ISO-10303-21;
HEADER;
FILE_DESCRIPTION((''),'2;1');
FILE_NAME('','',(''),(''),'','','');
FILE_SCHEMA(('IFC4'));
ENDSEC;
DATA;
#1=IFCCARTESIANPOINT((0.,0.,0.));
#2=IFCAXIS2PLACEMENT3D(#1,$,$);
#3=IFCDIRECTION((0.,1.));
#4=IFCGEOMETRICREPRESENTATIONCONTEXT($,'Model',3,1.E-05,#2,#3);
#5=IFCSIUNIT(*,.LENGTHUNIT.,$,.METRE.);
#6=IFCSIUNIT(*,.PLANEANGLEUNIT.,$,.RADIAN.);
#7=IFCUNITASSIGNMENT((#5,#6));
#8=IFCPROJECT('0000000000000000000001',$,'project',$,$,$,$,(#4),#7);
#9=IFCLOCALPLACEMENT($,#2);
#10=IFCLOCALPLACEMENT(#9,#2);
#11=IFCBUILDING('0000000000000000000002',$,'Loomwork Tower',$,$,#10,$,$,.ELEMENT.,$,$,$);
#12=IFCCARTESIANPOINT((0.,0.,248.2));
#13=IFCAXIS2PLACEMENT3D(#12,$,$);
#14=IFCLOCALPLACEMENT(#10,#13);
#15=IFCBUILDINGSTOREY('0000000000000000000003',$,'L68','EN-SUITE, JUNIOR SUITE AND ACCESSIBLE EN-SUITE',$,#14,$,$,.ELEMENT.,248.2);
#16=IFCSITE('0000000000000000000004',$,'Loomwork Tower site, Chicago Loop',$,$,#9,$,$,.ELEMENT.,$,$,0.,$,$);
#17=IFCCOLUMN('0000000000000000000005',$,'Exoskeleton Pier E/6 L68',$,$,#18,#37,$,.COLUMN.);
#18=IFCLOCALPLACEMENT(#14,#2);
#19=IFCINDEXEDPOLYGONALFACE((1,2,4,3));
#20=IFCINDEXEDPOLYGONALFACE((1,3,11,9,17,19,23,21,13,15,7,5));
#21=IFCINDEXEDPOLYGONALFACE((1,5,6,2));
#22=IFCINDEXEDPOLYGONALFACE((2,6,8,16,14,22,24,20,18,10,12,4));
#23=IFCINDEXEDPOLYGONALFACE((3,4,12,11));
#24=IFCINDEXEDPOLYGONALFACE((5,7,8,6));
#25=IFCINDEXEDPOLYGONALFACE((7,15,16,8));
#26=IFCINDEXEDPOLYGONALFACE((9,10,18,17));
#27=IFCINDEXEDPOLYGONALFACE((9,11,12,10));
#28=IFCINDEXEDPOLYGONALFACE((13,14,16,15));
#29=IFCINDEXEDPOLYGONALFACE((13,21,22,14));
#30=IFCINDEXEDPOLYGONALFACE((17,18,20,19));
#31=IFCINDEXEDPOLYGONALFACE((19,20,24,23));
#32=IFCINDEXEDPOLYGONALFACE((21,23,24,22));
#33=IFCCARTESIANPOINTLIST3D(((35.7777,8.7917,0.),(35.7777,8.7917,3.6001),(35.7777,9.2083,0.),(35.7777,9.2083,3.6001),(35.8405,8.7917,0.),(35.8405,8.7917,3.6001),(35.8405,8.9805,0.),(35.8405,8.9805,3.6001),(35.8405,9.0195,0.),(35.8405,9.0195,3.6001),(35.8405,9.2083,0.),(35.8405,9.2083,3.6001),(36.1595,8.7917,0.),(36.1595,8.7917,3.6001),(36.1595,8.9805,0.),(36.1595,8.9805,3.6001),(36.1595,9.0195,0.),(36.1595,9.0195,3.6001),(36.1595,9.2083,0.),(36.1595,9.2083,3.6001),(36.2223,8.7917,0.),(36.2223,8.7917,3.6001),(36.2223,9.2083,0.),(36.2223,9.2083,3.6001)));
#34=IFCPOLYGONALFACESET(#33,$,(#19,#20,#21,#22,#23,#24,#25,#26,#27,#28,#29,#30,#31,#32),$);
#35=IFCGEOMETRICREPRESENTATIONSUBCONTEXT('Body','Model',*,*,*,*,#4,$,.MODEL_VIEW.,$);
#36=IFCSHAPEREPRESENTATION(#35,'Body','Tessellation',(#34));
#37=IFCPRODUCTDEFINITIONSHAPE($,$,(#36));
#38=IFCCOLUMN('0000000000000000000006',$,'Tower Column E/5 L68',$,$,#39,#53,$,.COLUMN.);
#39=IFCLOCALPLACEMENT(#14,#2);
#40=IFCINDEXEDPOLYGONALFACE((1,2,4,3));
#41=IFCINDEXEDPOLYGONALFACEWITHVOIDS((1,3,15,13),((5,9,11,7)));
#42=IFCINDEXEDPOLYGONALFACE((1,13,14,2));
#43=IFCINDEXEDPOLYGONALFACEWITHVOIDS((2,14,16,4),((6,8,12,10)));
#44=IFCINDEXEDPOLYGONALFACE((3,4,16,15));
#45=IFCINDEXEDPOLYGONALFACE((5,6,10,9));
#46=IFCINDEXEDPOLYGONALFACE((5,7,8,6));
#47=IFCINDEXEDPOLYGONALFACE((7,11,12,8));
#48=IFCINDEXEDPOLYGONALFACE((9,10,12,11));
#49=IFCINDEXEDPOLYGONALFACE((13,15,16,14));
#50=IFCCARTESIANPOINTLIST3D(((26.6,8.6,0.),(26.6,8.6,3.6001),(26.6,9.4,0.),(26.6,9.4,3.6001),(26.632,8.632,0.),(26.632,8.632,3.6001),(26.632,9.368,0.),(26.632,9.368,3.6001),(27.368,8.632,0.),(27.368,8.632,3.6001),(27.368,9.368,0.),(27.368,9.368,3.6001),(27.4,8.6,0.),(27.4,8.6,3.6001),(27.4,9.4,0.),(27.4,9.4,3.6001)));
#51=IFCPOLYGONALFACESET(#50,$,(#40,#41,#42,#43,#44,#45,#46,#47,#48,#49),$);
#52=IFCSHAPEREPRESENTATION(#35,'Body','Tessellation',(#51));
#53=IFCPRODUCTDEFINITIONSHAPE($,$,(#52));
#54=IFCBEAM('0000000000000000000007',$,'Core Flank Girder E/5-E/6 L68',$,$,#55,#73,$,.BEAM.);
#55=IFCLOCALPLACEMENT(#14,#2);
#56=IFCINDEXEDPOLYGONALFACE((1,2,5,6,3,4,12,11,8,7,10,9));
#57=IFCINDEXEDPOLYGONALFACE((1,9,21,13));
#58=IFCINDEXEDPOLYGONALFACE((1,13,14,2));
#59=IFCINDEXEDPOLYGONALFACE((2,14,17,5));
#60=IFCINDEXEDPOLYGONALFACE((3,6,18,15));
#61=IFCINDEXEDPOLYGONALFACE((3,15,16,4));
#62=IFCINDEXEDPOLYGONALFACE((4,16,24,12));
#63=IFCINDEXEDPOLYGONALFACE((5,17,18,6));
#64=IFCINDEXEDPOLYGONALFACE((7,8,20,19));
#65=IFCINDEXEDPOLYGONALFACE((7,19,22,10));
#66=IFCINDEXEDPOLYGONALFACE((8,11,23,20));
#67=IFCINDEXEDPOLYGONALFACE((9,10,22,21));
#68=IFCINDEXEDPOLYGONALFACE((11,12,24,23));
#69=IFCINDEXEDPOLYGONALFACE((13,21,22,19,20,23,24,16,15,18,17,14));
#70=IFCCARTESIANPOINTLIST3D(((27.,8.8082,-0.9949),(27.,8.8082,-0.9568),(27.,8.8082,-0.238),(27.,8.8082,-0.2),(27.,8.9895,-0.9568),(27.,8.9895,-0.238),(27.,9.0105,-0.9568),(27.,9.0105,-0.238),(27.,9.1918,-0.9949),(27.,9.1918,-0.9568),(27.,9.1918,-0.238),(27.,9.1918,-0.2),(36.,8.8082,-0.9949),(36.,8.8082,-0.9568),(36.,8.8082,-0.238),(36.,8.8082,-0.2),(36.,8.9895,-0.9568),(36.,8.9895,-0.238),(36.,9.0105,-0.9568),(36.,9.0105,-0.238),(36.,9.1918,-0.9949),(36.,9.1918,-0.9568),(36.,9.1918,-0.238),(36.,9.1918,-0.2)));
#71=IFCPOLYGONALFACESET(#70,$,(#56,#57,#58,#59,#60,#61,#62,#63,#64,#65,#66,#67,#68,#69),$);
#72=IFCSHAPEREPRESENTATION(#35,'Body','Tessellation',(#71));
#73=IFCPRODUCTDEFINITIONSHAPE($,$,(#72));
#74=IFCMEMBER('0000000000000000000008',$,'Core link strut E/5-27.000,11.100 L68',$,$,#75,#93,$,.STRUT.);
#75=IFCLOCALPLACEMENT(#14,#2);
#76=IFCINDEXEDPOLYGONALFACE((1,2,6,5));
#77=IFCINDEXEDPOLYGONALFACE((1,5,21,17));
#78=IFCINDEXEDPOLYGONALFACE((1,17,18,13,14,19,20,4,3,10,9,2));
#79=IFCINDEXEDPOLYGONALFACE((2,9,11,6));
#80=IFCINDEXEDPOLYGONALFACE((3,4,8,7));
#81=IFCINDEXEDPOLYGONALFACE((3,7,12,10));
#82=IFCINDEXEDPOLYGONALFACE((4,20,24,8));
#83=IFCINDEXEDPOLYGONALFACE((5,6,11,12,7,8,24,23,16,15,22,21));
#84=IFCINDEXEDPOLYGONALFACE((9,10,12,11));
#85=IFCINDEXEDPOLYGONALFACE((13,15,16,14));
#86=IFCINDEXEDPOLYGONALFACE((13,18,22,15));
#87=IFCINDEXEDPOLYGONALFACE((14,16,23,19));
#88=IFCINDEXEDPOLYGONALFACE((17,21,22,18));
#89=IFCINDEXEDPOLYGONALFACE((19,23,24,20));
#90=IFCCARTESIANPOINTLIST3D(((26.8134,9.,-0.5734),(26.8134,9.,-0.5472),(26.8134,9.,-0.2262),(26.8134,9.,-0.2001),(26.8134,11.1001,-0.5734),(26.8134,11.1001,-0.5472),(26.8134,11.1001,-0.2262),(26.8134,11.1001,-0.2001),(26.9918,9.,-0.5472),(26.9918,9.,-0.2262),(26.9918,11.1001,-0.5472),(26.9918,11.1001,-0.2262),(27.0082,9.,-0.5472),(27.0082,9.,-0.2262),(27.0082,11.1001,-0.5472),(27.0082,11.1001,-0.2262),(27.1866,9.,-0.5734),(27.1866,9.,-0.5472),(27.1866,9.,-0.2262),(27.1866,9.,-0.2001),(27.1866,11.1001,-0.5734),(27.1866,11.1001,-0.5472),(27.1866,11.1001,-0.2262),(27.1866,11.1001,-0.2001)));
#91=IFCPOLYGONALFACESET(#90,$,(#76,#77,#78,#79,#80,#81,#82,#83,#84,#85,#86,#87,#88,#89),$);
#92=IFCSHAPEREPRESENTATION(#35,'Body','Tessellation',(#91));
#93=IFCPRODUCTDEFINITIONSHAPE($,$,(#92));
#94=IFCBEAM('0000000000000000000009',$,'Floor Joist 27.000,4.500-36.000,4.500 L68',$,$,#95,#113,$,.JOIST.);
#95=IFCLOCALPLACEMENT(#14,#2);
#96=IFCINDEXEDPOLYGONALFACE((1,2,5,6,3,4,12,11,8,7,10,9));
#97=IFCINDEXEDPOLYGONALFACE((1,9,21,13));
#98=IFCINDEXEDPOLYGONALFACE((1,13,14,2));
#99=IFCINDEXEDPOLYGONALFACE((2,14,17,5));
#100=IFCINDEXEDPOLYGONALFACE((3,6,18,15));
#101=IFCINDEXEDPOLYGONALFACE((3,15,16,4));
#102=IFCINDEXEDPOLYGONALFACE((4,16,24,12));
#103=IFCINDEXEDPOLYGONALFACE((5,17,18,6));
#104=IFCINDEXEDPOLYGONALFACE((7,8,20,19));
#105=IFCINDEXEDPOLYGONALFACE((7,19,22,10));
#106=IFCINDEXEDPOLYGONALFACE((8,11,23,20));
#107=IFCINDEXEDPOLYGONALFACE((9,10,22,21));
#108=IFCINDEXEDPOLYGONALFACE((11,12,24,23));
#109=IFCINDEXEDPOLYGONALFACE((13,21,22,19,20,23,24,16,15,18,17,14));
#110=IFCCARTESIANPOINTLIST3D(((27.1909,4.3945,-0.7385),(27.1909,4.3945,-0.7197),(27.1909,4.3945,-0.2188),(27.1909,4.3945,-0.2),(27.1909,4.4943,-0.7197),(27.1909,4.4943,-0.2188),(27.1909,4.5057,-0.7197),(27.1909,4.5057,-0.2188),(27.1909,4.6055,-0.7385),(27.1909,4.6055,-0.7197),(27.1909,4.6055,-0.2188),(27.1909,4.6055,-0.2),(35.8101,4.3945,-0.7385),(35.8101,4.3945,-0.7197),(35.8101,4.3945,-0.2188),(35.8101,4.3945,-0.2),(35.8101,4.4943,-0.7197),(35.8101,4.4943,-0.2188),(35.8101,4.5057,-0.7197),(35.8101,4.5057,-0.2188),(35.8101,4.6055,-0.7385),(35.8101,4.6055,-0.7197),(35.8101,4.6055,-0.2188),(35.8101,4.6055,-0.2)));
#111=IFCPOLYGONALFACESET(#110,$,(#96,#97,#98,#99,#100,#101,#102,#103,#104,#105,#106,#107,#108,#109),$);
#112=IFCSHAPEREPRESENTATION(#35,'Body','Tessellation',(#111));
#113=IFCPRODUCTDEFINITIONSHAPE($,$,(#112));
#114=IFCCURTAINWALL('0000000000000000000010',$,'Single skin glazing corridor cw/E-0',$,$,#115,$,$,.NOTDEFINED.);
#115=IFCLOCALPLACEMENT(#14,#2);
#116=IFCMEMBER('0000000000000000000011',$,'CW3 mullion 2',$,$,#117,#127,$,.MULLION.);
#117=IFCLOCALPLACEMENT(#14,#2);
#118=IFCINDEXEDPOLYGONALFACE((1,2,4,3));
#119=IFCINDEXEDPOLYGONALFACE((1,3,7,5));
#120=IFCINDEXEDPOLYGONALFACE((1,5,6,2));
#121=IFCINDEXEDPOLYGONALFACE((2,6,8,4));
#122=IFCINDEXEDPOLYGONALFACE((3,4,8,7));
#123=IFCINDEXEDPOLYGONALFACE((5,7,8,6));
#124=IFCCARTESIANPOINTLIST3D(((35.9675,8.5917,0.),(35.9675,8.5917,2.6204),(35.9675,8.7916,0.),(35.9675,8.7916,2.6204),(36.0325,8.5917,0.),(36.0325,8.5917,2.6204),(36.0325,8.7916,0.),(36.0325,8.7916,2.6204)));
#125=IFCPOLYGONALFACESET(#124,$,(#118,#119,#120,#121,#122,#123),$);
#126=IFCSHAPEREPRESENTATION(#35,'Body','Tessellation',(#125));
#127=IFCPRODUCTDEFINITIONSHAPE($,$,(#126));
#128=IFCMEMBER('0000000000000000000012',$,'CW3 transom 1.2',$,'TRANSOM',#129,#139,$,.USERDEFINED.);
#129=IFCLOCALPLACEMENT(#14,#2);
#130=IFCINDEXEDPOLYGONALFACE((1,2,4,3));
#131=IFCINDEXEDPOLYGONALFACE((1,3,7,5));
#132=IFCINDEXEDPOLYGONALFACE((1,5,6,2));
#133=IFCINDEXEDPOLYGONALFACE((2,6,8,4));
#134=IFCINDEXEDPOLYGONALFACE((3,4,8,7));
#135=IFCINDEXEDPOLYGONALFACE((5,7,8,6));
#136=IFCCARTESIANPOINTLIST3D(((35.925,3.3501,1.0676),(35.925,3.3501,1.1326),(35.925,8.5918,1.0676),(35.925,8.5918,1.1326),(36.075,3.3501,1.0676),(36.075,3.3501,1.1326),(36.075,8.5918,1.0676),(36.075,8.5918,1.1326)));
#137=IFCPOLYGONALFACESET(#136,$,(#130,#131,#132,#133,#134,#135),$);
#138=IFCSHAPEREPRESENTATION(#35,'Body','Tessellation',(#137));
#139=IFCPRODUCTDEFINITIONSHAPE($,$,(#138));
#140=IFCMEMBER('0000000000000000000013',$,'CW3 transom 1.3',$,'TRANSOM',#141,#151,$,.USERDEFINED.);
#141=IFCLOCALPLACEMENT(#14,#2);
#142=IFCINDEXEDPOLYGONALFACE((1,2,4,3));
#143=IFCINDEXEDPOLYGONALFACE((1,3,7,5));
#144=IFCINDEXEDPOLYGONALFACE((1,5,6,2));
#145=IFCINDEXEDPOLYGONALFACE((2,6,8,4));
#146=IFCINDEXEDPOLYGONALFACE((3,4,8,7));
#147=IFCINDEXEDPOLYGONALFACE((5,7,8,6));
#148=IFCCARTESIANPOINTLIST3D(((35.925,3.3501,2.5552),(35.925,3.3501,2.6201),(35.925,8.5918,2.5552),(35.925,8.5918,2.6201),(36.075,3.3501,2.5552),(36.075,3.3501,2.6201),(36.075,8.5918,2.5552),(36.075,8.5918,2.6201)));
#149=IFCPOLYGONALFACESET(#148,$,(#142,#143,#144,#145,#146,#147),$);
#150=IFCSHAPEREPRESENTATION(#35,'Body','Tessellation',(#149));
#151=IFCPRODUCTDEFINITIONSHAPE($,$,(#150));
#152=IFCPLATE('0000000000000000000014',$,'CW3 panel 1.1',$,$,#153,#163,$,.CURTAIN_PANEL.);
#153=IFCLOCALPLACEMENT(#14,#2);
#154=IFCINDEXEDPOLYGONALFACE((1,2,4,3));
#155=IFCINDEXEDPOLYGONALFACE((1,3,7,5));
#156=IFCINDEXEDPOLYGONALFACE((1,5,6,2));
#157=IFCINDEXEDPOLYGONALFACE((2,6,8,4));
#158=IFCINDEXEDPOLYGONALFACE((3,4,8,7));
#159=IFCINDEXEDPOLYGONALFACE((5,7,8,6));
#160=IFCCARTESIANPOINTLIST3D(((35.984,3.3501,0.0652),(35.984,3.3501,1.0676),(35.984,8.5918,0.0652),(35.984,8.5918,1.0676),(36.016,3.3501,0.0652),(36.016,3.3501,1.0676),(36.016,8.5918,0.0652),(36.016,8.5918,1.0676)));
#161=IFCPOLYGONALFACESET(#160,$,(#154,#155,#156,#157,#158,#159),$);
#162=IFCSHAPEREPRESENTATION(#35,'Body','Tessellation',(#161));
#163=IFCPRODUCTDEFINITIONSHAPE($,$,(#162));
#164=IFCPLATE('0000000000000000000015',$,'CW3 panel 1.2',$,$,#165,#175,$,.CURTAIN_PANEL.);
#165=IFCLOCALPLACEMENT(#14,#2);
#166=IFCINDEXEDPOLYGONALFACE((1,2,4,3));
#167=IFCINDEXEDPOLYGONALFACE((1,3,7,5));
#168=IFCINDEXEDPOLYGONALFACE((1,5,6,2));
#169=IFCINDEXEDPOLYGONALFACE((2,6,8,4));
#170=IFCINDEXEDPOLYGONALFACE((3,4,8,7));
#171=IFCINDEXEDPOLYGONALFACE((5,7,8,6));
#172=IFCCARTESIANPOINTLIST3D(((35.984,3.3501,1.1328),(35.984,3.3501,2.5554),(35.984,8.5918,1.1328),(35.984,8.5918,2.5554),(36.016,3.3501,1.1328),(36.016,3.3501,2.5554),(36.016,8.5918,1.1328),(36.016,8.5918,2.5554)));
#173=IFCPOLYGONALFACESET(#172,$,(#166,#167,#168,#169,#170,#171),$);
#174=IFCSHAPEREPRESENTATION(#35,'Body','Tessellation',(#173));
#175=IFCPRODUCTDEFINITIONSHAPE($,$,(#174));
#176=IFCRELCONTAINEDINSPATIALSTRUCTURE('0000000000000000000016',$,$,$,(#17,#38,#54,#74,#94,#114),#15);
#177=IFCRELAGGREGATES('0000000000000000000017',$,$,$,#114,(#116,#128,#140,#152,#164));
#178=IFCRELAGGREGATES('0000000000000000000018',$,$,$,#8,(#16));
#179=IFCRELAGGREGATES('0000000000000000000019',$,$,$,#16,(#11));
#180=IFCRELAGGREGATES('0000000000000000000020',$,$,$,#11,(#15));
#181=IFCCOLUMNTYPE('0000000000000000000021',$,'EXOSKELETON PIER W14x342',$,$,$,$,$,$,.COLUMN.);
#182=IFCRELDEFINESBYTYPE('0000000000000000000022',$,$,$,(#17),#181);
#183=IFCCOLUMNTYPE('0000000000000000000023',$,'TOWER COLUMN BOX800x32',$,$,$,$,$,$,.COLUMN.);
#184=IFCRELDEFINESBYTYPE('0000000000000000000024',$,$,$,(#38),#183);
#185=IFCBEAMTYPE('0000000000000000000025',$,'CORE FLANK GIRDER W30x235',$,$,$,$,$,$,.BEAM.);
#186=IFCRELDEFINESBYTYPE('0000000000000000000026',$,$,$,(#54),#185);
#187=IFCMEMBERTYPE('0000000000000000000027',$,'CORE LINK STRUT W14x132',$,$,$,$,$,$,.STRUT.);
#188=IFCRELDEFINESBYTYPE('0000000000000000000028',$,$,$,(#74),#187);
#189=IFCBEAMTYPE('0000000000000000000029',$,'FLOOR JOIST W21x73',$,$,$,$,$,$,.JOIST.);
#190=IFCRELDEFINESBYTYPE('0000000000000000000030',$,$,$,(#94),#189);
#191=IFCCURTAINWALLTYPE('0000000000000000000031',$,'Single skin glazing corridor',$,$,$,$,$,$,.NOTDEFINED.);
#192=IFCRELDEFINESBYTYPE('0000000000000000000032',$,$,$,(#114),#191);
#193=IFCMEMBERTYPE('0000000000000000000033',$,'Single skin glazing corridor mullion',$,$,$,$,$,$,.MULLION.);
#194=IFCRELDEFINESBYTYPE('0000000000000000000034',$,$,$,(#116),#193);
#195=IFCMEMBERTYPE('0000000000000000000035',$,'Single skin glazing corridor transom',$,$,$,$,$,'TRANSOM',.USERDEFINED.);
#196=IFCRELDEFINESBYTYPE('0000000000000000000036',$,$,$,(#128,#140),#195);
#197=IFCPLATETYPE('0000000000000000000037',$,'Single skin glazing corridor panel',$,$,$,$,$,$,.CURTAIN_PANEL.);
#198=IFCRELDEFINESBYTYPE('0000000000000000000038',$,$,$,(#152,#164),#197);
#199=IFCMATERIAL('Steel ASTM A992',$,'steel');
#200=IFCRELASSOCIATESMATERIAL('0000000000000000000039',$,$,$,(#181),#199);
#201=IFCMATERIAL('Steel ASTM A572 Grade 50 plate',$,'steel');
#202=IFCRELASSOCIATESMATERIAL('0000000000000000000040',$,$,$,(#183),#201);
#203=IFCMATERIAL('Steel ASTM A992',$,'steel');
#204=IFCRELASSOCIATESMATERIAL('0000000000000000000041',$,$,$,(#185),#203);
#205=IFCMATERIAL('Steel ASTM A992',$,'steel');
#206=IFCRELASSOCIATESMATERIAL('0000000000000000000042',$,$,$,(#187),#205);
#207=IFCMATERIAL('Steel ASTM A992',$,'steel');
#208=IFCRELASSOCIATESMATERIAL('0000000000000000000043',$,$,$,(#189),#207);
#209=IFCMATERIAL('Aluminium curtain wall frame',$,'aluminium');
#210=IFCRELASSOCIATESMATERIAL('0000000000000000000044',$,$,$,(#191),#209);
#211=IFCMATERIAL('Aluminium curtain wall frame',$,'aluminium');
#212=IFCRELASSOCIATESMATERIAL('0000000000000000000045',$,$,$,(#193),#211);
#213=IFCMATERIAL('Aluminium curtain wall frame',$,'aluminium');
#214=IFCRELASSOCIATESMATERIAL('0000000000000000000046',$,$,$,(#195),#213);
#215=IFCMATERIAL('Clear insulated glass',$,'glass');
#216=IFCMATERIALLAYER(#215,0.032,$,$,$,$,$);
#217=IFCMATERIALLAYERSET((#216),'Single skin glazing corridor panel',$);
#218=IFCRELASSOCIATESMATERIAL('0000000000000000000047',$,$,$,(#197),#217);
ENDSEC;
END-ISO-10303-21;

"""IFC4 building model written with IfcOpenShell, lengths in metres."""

from ifc_helpers import new_model, si_unit, direction, frame, origin, origin_2d, place, context, subcontext, project, spatial, rectangle, hollow_rectangle, i_section, extrude, material, layer, layer_set, material_profile, profile_set, type_object, element, aggregate, save


model = new_model("IFC4")

# Units and contexts
model_context = context("Model", 3, precision=1e-05, world=origin(), true_north=direction((0.0, 1.0)))
body_context = subcontext(model_context, "Body", "Model", "MODEL_VIEW")
ifc_project = project(units=[si_unit("LENGTHUNIT", "METRE"), si_unit("PLANEANGLEUNIT", "RADIAN")], contexts=[model_context])

# Site, building, storey
site_placement = place(None, origin())
site = spatial("IfcSite", under=ifc_project, at=site_placement, Name="Loomwork Tower site, Chicago Loop", CompositionType="ELEMENT", RefElevation=0.0)
building_placement = place(site_placement, origin())
building = spatial("IfcBuilding", under=site, at=building_placement, Name="Loomwork Tower", CompositionType="ELEMENT")
storey_placement = place(building_placement, frame((0.0, 0.0, 248.2)))
storey = spatial("IfcBuildingStorey", under=building, at=storey_placement, Name="L68", Description="EN-SUITE, JUNIOR SUITE AND ACCESSIBLE EN-SUITE", CompositionType="ELEMENT", Elevation=248.2)

# Columns
ifc_material_1 = material(Name="Steel ASTM A992", Category="steel")
ifc_material_profile_1 = material_profile(ifc_material_1, i_section(OverallWidth=0.4165, OverallDepth=0.4446, WebThickness=0.0391, FlangeThickness=0.0627, at=origin_2d()), Name="W14x342")
ifc_profile_set_1 = profile_set([ifc_material_profile_1], Name="Steel ASTM A992")
column_type_1 = type_object("IfcColumnType", Name="EXOSKELETON PIER W14x342", PredefinedType="COLUMN", material=ifc_profile_set_1)
column_1_placement = place(storey_placement, frame((36.0, 9.0, 0.0), z_axis=(0.0, 0.0, 1.0), x_axis=(0.0, 1.0, 0.0)))
element("IfcColumn", 1, at=column_1_placement, inside=storey, type_object=column_type_1, Name="Exoskeleton Pier E/6 L68", PredefinedType="COLUMN", context=body_context, shape_type="SweptSolid", body=[
    extrude(i_section(OverallWidth=0.4165, OverallDepth=0.4446, WebThickness=0.0391, FlangeThickness=0.0627, at=origin_2d()), origin(), (0.0, 0.0, 1.0), 3.6001),
])
ifc_material_2 = material(Name="Steel ASTM A572 Grade 50 plate", Category="steel")
ifc_material_profile_2 = material_profile(ifc_material_2, hollow_rectangle(XDim=0.8, YDim=0.8, WallThickness=0.032, at=origin_2d()), Name="BOX800x32")
ifc_profile_set_2 = profile_set([ifc_material_profile_2], Name="Steel ASTM A572 Grade 50 plate")
column_type_2 = type_object("IfcColumnType", Name="TOWER COLUMN BOX800x32", PredefinedType="COLUMN", material=ifc_profile_set_2)
column_2_placement = place(storey_placement, frame((27.0, 9.0, 0.0), z_axis=(0.0, 0.0, 1.0), x_axis=(1.0, 0.0, 0.0)))
element("IfcColumn", 2, at=column_2_placement, inside=storey, type_object=column_type_2, Name="Tower Column E/5 L68", PredefinedType="COLUMN", context=body_context, shape_type="SweptSolid", body=[
    extrude(hollow_rectangle(XDim=0.8, YDim=0.8, WallThickness=0.032, at=origin_2d()), origin(), (0.0, 0.0, 1.0), 3.6001),
])

# Beam
ifc_material_3 = material(Name="Steel ASTM A992", Category="steel")
ifc_material_profile_3 = material_profile(ifc_material_3, i_section(OverallWidth=0.3835, OverallDepth=0.7949, WebThickness=0.021, FlangeThickness=0.0381, at=origin_2d()), Name="W30x235")
ifc_profile_set_3 = profile_set([ifc_material_profile_3], Name="Steel ASTM A992")
beam_type_1 = type_object("IfcBeamType", Name="CORE FLANK GIRDER W30x235", PredefinedType="BEAM", material=ifc_profile_set_3)
beam_1_placement = place(storey_placement, frame((27.0, 9.0, -0.5974), z_axis=(1.0, 0.0, 0.0), x_axis=(0.0, 1.0, 0.0)))
element("IfcBeam", 3, at=beam_1_placement, inside=storey, type_object=beam_type_1, Name="Core Flank Girder E/5-E/6 L68", PredefinedType="BEAM", context=body_context, shape_type="SweptSolid", body=[
    extrude(i_section(OverallWidth=0.3835, OverallDepth=0.7949, WebThickness=0.021, FlangeThickness=0.0381, at=origin_2d()), origin(), (0.0, 0.0, 1.0), 9.0),
])

# Member
ifc_material_4 = material(Name="Steel ASTM A992", Category="steel")
ifc_material_profile_4 = material_profile(ifc_material_4, i_section(OverallWidth=0.3733, OverallDepth=0.3733, WebThickness=0.0164, FlangeThickness=0.0261, at=origin_2d()), Name="W14x132")
ifc_profile_set_4 = profile_set([ifc_material_profile_4], Name="Steel ASTM A992")
member_type_1 = type_object("IfcMemberType", Name="CORE LINK STRUT W14x132", PredefinedType="STRUT", material=ifc_profile_set_4)
member_1_placement = place(storey_placement, frame((27.0, 9.0, -0.3867), z_axis=(0.0, 1.0, 0.0), x_axis=(-1.0, 0.0, 0.0)))
element("IfcMember", 4, at=member_1_placement, inside=storey, type_object=member_type_1, Name="Core link strut E/5-27.000,11.100 L68", PredefinedType="STRUT", context=body_context, shape_type="SweptSolid", body=[
    extrude(i_section(OverallWidth=0.3733, OverallDepth=0.3733, WebThickness=0.0164, FlangeThickness=0.0261, at=origin_2d()), origin(), (0.0, 0.0, 1.0), 2.1001),
])

# Beam
ifc_material_5 = material(Name="Steel ASTM A992", Category="steel")
ifc_material_profile_5 = material_profile(ifc_material_5, i_section(OverallWidth=0.2109, OverallDepth=0.5386, WebThickness=0.0115, FlangeThickness=0.0188, at=origin_2d()), Name="W21x73")
ifc_profile_set_5 = profile_set([ifc_material_profile_5], Name="Steel ASTM A992")
beam_type_2 = type_object("IfcBeamType", Name="FLOOR JOIST W21x73", PredefinedType="JOIST", material=ifc_profile_set_5)
beam_2_placement = place(storey_placement, frame((27.1909, 4.5, -0.4692), z_axis=(1.0, 0.0, 0.0), x_axis=(0.0, 1.0, 0.0)))
element("IfcBeam", 5, at=beam_2_placement, inside=storey, type_object=beam_type_2, Name="Floor Joist 27.000,4.500-36.000,4.500 L68", PredefinedType="JOIST", context=body_context, shape_type="SweptSolid", body=[
    extrude(i_section(OverallWidth=0.2109, OverallDepth=0.5386, WebThickness=0.0115, FlangeThickness=0.0188, at=origin_2d()), origin(), (0.0, 0.0, 1.0), 8.6191),
])

# Curtain wall, members, plates
ifc_material_6 = material(Name="Aluminium curtain wall frame", Category="aluminium")
curtain_wall_type = type_object("IfcCurtainWallType", Name="Single skin glazing corridor", PredefinedType="NOTDEFINED", material=ifc_material_6)
curtain_wall_placement = place(storey_placement, origin())
curtain_wall = element("IfcCurtainWall", 6, at=curtain_wall_placement, inside=storey, type_object=curtain_wall_type, Name="Single skin glazing corridor cw/E-0", PredefinedType="NOTDEFINED")
ifc_material_7 = material(Name="Aluminium curtain wall frame", Category="aluminium")
ifc_material_profile_6 = material_profile(ifc_material_7, rectangle(XDim=0.0649, YDim=0.2, at=origin_2d()), Name="AL 65x200")
ifc_profile_set_6 = profile_set([ifc_material_profile_6], Name="Aluminium curtain wall frame")
member_type_2 = type_object("IfcMemberType", Name="Single skin glazing corridor mullion", PredefinedType="MULLION", material=ifc_profile_set_6)
member_2_placement = place(storey_placement, frame((36.0, 8.6917, 0.0), z_axis=(0.0, 0.0, 1.0), x_axis=(-1.0, 0.0, 0.0)))
member_2 = element("IfcMember", 7, at=member_2_placement, type_object=member_type_2, Name="CW3 mullion 2", PredefinedType="MULLION", context=body_context, shape_type="SweptSolid", body=[
    extrude(rectangle(XDim=0.0649, YDim=0.2, at=origin_2d()), origin(), (0.0, 0.0, 1.0), 2.6204),
])
ifc_material_8 = material(Name="Aluminium curtain wall frame", Category="aluminium")
ifc_material_profile_7 = material_profile(ifc_material_8, rectangle(XDim=0.1499, YDim=0.0649, at=origin_2d()), Name="AL 65x150")
ifc_profile_set_7 = profile_set([ifc_material_profile_7], Name="Aluminium curtain wall frame")
member_type_3 = type_object("IfcMemberType", Name="Single skin glazing corridor transom", ElementType="TRANSOM", PredefinedType="USERDEFINED", material=ifc_profile_set_7)
member_3_placement = place(storey_placement, frame((36.0, 3.3501, 1.1001), z_axis=(0.0, 1.0, 0.0), x_axis=(-1.0, 0.0, 0.0)))
member_3 = element("IfcMember", 8, at=member_3_placement, type_object=member_type_3, Name="CW3 transom 1.2", ObjectType="TRANSOM", PredefinedType="USERDEFINED", context=body_context, shape_type="SweptSolid", body=[
    extrude(rectangle(XDim=0.1499, YDim=0.0649, at=origin_2d()), origin(), (0.0, 0.0, 1.0), 5.2417),
])
member_4_placement = place(storey_placement, frame((36.0, 3.3501, 2.5876), z_axis=(0.0, 1.0, 0.0), x_axis=(-1.0, 0.0, 0.0)))
member_4 = element("IfcMember", 9, at=member_4_placement, type_object=member_type_3, Name="CW3 transom 1.3", ObjectType="TRANSOM", PredefinedType="USERDEFINED", context=body_context, shape_type="SweptSolid", body=[
    extrude(rectangle(XDim=0.1499, YDim=0.0649, at=origin_2d()), origin(), (0.0, 0.0, 1.0), 5.2417),
])
ifc_material_9 = material(Name="Clear insulated glass", Category="glass")
ifc_layer_1 = layer(ifc_material_9, 0.032)
ifc_layer_set_1 = layer_set([ifc_layer_1], Name="Single skin glazing corridor panel")
plate_type = type_object("IfcPlateType", Name="Single skin glazing corridor panel", PredefinedType="CURTAIN_PANEL", material=ifc_layer_set_1)
plate_1_placement = place(storey_placement, frame((36.0, 5.9709, 0.0652), z_axis=(0.0, 0.0, 1.0), x_axis=(0.0, 1.0, 0.0)))
plate_1 = element("IfcPlate", 10, at=plate_1_placement, type_object=plate_type, Name="CW3 panel 1.1", PredefinedType="CURTAIN_PANEL", context=body_context, shape_type="SweptSolid", body=[
    extrude(rectangle(XDim=5.2417, YDim=0.032, at=origin_2d()), origin(), (0.0, 0.0, 1.0), 1.0024),
])
plate_2_placement = place(storey_placement, frame((36.0, 5.9709, 1.1328), z_axis=(0.0, 0.0, 1.0), x_axis=(0.0, 1.0, 0.0)))
plate_2 = element("IfcPlate", 11, at=plate_2_placement, type_object=plate_type, Name="CW3 panel 1.2", PredefinedType="CURTAIN_PANEL", context=body_context, shape_type="SweptSolid", body=[
    extrude(rectangle(XDim=5.2417, YDim=0.032, at=origin_2d()), origin(), (0.0, 0.0, 1.0), 1.4226),
])
aggregate(curtain_wall, [member_2, member_3, member_4, plate_1, plate_2])

save(model, "model.ifc")
